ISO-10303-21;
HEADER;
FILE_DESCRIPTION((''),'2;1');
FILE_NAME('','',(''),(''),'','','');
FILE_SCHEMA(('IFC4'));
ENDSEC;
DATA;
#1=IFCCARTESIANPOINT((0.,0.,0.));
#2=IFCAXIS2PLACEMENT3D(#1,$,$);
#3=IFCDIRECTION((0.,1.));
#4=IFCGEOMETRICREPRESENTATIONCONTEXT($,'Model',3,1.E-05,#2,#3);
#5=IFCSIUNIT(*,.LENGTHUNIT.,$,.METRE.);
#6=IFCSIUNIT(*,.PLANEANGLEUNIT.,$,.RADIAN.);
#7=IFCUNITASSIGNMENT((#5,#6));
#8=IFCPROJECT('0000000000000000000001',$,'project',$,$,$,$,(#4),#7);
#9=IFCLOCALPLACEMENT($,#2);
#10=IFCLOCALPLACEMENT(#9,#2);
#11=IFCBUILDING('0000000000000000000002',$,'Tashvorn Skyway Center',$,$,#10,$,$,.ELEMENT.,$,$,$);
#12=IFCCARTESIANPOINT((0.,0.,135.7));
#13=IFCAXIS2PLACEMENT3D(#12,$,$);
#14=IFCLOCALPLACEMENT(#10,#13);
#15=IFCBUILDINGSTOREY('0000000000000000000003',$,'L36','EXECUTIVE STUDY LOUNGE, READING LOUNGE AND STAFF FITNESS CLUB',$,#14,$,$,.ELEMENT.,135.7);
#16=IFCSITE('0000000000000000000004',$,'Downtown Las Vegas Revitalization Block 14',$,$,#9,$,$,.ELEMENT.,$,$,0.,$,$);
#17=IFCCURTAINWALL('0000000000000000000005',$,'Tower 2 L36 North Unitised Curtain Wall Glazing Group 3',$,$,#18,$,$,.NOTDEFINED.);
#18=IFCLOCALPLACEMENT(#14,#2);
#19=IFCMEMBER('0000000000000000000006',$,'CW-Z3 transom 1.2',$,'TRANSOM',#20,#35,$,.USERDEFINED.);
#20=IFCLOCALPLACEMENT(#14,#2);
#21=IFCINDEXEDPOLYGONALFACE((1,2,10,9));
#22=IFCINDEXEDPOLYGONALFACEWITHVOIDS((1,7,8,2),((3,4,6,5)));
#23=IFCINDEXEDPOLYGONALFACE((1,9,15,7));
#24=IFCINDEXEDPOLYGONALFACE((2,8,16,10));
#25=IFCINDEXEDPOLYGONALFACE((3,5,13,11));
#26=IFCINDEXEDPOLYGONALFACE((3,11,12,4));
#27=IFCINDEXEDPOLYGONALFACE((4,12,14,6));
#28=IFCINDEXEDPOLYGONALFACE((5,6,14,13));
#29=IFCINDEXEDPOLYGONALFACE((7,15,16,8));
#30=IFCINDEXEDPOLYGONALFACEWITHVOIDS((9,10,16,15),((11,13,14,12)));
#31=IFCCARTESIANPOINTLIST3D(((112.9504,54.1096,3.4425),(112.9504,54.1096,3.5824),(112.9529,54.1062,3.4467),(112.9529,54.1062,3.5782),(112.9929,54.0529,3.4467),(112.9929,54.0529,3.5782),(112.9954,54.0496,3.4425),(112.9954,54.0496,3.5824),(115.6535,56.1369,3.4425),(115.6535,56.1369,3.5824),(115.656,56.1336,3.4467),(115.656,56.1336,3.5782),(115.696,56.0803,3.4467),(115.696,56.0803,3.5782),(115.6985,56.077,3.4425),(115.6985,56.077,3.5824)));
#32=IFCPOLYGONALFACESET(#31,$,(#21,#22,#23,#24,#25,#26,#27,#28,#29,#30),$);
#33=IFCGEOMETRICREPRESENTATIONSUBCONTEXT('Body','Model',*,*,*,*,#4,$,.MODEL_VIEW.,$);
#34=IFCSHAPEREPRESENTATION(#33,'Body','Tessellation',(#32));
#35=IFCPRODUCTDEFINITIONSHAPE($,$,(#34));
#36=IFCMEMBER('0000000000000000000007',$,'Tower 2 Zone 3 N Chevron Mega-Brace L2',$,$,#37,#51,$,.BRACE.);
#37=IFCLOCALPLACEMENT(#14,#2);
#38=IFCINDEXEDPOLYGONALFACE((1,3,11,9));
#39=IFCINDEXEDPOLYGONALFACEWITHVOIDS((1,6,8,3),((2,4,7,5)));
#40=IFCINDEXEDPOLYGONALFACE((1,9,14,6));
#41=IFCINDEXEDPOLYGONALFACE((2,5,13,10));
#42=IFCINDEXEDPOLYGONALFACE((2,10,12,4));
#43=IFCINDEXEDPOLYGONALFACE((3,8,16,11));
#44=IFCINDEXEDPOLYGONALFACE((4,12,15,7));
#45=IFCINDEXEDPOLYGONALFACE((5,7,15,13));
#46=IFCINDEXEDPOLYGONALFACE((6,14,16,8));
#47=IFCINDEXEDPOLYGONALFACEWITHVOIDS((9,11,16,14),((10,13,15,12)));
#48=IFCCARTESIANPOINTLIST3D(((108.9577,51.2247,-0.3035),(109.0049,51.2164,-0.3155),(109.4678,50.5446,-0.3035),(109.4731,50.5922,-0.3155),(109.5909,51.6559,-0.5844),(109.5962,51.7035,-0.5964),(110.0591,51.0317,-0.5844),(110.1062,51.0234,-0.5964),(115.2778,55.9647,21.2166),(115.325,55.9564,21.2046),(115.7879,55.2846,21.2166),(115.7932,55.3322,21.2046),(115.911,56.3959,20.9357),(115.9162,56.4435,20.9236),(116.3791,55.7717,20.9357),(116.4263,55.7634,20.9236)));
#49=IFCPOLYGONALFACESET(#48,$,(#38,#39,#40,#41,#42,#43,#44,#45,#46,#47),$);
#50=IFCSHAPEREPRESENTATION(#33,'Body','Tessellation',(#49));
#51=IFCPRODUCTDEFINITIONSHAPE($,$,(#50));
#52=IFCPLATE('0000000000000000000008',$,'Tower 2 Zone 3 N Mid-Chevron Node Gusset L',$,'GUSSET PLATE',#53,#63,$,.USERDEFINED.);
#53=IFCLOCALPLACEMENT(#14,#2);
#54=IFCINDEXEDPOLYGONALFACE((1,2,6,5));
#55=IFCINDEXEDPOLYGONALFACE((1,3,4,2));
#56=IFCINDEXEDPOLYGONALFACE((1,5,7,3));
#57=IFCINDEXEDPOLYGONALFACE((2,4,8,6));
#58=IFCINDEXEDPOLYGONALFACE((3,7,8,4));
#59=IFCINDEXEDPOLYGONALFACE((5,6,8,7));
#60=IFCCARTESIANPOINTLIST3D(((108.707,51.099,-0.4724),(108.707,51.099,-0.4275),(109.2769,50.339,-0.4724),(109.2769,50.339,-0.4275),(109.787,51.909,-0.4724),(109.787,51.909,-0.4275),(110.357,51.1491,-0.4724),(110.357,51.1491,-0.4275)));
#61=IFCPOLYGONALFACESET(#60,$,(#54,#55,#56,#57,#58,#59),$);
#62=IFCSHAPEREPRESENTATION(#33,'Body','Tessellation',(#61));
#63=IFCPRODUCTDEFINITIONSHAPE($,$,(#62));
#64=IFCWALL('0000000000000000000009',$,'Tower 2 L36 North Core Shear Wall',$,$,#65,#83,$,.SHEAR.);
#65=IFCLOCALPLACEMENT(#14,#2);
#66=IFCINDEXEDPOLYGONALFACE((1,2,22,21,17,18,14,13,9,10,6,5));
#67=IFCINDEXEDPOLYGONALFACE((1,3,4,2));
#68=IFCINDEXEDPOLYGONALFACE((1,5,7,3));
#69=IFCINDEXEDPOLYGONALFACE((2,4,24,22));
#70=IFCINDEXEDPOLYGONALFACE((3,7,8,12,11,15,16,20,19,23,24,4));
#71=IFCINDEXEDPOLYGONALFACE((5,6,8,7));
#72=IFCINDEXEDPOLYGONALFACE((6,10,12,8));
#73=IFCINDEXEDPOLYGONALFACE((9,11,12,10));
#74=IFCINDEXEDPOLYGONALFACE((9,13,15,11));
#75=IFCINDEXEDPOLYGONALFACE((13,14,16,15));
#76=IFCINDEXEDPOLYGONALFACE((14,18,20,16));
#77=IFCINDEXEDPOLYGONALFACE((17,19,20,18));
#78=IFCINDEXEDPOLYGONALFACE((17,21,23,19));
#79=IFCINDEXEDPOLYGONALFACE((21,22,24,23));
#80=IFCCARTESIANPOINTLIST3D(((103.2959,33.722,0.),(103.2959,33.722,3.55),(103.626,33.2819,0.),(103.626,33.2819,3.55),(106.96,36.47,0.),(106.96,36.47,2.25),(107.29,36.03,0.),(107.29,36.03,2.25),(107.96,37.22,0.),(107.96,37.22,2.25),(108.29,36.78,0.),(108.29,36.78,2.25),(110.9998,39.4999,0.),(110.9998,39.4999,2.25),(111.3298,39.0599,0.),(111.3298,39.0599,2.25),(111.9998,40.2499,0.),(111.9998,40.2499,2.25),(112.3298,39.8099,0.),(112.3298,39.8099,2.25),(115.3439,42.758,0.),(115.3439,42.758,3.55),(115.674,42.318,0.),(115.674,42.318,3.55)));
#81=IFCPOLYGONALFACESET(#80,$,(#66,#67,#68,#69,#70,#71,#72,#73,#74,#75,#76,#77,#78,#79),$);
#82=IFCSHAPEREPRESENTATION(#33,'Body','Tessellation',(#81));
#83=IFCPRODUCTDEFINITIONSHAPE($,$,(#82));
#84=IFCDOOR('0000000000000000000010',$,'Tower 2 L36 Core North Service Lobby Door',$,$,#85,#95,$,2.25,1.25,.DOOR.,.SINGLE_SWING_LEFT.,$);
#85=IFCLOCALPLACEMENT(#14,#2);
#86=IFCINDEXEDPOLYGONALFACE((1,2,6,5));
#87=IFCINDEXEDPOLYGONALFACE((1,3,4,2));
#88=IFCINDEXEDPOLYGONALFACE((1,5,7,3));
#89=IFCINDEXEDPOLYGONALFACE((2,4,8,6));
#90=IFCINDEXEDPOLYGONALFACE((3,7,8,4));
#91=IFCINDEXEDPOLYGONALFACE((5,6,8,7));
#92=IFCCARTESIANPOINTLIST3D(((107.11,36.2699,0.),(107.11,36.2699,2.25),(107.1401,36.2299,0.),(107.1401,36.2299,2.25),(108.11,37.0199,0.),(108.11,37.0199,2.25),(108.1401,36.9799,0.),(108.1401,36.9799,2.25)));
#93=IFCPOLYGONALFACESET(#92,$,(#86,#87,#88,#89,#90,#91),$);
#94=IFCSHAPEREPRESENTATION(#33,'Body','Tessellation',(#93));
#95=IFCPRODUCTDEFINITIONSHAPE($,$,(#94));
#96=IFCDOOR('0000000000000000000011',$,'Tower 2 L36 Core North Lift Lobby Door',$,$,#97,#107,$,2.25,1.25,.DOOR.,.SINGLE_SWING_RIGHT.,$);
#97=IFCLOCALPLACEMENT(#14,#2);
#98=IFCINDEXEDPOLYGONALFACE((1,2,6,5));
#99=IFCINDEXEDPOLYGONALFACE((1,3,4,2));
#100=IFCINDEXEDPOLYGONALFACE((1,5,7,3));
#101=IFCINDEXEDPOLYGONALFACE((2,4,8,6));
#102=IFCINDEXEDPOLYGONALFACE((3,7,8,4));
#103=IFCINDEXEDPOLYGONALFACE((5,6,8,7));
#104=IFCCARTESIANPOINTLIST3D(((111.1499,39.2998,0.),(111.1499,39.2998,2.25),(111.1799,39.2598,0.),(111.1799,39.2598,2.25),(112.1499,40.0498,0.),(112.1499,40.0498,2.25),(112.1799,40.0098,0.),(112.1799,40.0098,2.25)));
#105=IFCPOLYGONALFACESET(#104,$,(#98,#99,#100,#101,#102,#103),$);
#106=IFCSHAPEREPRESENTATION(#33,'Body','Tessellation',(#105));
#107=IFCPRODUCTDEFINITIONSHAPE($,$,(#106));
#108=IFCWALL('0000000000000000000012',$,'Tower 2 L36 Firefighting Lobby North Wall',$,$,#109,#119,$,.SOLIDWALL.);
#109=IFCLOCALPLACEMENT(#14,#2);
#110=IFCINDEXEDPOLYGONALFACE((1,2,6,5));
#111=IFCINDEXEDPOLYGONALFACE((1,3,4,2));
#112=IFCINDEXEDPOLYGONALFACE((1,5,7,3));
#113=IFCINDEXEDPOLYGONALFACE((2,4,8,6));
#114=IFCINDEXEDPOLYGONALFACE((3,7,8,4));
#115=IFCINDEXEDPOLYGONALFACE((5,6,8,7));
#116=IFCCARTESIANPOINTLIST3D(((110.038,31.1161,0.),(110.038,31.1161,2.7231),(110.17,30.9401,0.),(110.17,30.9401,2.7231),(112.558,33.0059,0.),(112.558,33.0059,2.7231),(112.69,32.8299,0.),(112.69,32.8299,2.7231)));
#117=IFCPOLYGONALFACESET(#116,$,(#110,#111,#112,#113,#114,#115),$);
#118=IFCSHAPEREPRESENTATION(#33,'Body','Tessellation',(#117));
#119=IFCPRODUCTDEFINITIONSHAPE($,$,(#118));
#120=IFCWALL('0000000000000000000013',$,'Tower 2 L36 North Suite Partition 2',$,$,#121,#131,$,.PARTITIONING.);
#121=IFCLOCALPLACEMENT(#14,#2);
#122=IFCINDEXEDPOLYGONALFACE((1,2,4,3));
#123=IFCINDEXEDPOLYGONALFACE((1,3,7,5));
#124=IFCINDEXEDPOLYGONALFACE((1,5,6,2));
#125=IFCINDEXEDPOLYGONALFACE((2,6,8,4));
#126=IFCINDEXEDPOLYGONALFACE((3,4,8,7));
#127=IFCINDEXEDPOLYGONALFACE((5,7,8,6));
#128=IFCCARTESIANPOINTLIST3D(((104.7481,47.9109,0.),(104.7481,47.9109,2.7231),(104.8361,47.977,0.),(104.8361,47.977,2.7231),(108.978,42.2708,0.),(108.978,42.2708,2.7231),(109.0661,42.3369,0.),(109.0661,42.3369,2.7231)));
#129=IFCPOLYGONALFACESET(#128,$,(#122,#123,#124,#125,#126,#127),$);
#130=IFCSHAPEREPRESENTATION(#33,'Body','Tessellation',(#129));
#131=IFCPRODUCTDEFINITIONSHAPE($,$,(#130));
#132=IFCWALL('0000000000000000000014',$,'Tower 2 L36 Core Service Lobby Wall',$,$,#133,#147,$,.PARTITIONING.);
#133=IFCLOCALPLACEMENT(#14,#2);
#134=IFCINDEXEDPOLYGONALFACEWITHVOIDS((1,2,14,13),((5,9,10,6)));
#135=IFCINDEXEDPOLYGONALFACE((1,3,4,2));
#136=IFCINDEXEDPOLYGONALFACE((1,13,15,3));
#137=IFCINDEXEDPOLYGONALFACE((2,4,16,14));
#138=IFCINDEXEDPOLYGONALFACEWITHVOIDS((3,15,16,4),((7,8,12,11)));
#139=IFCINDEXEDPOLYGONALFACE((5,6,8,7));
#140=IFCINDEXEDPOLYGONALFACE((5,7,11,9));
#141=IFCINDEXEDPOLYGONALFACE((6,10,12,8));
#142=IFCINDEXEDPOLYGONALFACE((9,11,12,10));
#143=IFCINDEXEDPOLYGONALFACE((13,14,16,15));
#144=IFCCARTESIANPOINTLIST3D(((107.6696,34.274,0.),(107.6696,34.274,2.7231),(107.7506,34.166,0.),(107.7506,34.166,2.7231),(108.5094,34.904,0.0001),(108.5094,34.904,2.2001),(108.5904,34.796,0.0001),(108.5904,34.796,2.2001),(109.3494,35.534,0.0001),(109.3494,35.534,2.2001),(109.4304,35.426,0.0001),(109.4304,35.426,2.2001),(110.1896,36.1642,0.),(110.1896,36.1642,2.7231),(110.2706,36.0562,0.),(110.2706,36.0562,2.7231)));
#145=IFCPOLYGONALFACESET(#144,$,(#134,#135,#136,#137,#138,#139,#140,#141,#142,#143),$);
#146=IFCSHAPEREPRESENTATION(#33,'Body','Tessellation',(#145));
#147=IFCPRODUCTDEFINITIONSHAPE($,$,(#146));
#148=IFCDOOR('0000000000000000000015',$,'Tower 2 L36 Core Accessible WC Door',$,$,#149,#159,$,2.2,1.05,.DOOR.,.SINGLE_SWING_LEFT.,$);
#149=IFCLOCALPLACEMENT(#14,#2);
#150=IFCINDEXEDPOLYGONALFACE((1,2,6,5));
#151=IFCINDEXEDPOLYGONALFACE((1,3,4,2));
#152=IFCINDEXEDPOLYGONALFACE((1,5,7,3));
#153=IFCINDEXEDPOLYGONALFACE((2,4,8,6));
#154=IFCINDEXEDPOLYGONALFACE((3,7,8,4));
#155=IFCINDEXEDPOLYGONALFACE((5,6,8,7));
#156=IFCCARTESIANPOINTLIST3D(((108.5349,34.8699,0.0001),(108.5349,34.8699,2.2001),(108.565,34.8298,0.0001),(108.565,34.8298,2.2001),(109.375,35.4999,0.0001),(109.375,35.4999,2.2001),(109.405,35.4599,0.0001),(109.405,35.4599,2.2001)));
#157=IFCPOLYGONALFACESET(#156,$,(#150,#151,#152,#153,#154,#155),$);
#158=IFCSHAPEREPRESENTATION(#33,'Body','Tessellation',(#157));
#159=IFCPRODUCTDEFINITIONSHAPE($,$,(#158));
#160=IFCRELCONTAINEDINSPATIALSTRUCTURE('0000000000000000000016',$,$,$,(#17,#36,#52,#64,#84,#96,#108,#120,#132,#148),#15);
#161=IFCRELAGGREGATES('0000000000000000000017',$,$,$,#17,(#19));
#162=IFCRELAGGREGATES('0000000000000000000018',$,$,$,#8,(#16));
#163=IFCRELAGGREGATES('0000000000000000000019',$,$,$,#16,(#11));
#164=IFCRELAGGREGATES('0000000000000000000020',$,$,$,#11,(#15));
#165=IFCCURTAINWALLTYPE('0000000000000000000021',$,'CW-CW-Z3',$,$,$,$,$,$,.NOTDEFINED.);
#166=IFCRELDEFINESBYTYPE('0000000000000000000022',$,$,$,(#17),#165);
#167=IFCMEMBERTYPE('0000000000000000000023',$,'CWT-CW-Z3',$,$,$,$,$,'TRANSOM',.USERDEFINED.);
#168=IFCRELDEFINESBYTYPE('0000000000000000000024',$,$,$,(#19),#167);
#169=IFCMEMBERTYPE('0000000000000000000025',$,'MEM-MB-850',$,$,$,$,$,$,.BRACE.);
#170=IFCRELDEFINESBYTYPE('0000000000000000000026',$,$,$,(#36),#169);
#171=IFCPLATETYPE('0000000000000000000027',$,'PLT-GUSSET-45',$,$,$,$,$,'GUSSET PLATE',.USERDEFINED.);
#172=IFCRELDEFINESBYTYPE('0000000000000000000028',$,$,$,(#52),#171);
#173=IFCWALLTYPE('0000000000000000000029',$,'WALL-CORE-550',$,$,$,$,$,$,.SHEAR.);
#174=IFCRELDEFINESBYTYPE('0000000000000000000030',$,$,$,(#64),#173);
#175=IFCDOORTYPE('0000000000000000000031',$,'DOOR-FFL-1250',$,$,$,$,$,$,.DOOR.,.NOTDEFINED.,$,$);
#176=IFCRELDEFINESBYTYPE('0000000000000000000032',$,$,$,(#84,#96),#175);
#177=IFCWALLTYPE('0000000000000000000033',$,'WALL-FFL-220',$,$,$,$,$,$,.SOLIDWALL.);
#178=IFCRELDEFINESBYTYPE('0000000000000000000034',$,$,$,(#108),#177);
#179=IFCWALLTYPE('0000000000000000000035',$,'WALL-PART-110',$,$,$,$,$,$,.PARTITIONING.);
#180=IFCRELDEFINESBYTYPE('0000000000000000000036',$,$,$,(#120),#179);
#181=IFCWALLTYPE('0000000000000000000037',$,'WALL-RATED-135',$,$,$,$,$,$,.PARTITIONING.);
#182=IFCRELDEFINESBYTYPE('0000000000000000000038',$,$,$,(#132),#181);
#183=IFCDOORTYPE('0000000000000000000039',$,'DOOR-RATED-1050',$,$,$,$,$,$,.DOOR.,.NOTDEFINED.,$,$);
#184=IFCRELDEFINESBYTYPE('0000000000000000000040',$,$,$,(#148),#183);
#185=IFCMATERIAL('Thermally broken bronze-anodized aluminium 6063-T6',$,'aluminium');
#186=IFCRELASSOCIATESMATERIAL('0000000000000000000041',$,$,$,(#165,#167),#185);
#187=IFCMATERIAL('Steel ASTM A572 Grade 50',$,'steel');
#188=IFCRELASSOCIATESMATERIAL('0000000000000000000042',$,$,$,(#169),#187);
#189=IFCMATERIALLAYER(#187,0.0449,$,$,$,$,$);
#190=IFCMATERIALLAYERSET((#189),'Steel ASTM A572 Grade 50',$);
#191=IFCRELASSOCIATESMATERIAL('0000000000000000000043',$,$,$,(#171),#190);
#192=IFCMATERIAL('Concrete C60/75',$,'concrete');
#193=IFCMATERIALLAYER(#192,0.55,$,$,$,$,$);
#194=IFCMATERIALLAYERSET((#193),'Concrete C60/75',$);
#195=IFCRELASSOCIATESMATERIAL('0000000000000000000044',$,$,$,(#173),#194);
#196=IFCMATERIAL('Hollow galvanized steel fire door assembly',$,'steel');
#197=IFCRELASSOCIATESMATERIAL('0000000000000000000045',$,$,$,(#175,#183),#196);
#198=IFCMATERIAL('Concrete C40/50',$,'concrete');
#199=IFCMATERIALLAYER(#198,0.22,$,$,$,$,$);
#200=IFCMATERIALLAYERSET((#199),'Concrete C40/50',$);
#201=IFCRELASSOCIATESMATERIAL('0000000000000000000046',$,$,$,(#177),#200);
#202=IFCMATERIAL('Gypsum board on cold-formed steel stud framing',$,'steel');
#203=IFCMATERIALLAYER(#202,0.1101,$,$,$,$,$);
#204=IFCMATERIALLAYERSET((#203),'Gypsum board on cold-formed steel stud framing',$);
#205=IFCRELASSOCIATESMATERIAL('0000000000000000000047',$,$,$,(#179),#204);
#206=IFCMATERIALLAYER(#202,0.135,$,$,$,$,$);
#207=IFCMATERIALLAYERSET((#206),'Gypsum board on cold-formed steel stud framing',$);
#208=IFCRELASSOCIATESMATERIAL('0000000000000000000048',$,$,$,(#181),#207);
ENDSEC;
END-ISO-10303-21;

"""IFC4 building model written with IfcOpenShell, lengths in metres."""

from ifc_helpers import new_model, si_unit, direction, frame, frame_2d, origin, origin_2d, place, context, subcontext, project, spatial, rectangle, hollow_rectangle, extrude, material, layer, layer_set, material_profile, profile_set, type_object, element, fill, aggregate, save


model = new_model("IFC4")

# Units and contexts
model_context = context("Model", 3, precision=1e-05, world=origin(), true_north=direction((0.0, 1.0)))
body_context = subcontext(model_context, "Body", "Model", "MODEL_VIEW")
ifc_project = project(units=[si_unit("LENGTHUNIT", "METRE"), si_unit("PLANEANGLEUNIT", "RADIAN")], contexts=[model_context])

# Site, building, storey
site_placement = place(None, origin())
site = spatial("IfcSite", under=ifc_project, at=site_placement, Name="Downtown Las Vegas Revitalization Block 14", CompositionType="ELEMENT", RefElevation=0.0)
building_placement = place(site_placement, origin())
building = spatial("IfcBuilding", under=site, at=building_placement, Name="Tashvorn Skyway Center", CompositionType="ELEMENT")
storey_placement = place(building_placement, frame((0.0, 0.0, 135.7)))
storey = spatial("IfcBuildingStorey", under=building, at=storey_placement, Name="L36", Description="EXECUTIVE STUDY LOUNGE, READING LOUNGE AND STAFF FITNESS CLUB", CompositionType="ELEMENT", Elevation=135.7)

# Shared definitions
ifc_material_1 = material(Name="Steel ASTM A572 Grade 50", Category="steel")

# Shared definitions
ifc_material_2 = material(Name="Concrete C60/75", Category="concrete")

# Shared definitions
ifc_material_3 = material(Name="Thermally broken bronze-anodized aluminium 6063-T6", Category="aluminium")
curtain_wall_type = type_object("IfcCurtainWallType", Name="CW-CW-Z3", PredefinedType="NOTDEFINED", material=ifc_material_3)

# Curtain wall, member
curtain_wall_1_placement = place(storey_placement, origin())
curtain_wall_1 = element("IfcCurtainWall", 1, at=curtain_wall_1_placement, inside=storey, type_object=curtain_wall_type, Name="Tower 2 L36 North Unitised Curtain Wall Glazing Group 3", PredefinedType="NOTDEFINED")
ifc_material_profile_1 = material_profile(ifc_material_3, hollow_rectangle(XDim=0.075, YDim=0.1399, WallThickness=0.0042, at=origin_2d()), Name="ALU-TRAN-75x140")
ifc_profile_set_1 = profile_set([ifc_material_profile_1], Name="Thermally broken bronze-anodized aluminium 6063-T6")
member_type_1 = type_object("IfcMemberType", Name="CWT-CW-Z3", ElementType="TRANSOM", PredefinedType="USERDEFINED", material=ifc_profile_set_1)
member_1_placement = place(storey_placement, frame((112.9729, 54.0796, 3.5125), z_axis=(0.8, 0.6, 0.0), x_axis=(-0.6, 0.8, 0.0)))
member_1 = element("IfcMember", 2, at=member_1_placement, type_object=member_type_1, Name="CW-Z3 transom 1.2", ObjectType="TRANSOM", PredefinedType="USERDEFINED", context=body_context, shape_type="SweptSolid", body=[
    extrude(hollow_rectangle(XDim=0.075, YDim=0.1399, WallThickness=0.0042, at=origin_2d()), origin(), (0.0, 0.0, 1.0), 3.3789),
])
aggregate(curtain_wall_1, [member_1])

# Member
ifc_material_profile_2 = material_profile(ifc_material_1, hollow_rectangle(XDim=0.8501, YDim=0.8501, WallThickness=0.0349, at=origin_2d()), Name="BOX850x850x35")
ifc_profile_set_2 = profile_set([ifc_material_profile_2], Name="Steel ASTM A572 Grade 50")
member_type_2 = type_object("IfcMemberType", Name="MEM-MB-850", PredefinedType="BRACE", material=ifc_profile_set_2)
member_2_placement = place(storey_placement, frame((109.532, 51.124, -0.45), z_axis=(0.275693, 0.206767, 0.938744), x_axis=(-0.599995, 0.800004, 0.0)))
element("IfcMember", 3, at=member_2_placement, inside=storey, type_object=member_type_2, Name="Tower 2 Zone 3 N Chevron Mega-Brace L2", PredefinedType="BRACE", context=body_context, shape_type="SweptSolid", body=[
    extrude(hollow_rectangle(XDim=0.8501, YDim=0.8501, WallThickness=0.0349, at=origin_2d()), origin(), (0.0, 0.0, 1.0), 22.9243),
])

# Plate
ifc_layer_1 = layer(ifc_material_1, 0.0449)
ifc_layer_set_1 = layer_set([ifc_layer_1], Name="Steel ASTM A572 Grade 50")
plate_type = type_object("IfcPlateType", Name="PLT-GUSSET-45", ElementType="GUSSET PLATE", PredefinedType="USERDEFINED", material=ifc_layer_set_1)
plate_placement = place(storey_placement, frame((109.532, 51.124, -0.4724), z_axis=(0.0, 0.0, 1.0), x_axis=(-0.8, -0.6, 0.0)))
element("IfcPlate", 4, at=plate_placement, inside=storey, type_object=plate_type, Name="Tower 2 Zone 3 N Mid-Chevron Node Gusset L", ObjectType="GUSSET PLATE", PredefinedType="USERDEFINED", context=body_context, shape_type="SweptSolid", body=[
    extrude(rectangle(XDim=1.3501, YDim=0.95, at=origin_2d()), origin(), (0.0, 0.0, 1.0), 0.0449),
])

# Wall, openings, doors
ifc_layer_2 = layer(ifc_material_2, 0.55)
ifc_layer_set_2 = layer_set([ifc_layer_2], Name="Concrete C60/75")
wall_type_1 = type_object("IfcWallType", Name="WALL-CORE-550", PredefinedType="SHEAR", material=ifc_layer_set_2)
wall_1_placement = place(storey_placement, frame((103.4609, 33.502, 0.0), z_axis=(0.0, 0.0, 1.0), x_axis=(0.799998, 0.600003, 0.0)))
wall_1 = element("IfcWall", 5, at=wall_1_placement, inside=storey, type_object=wall_type_1, Name="Tower 2 L36 North Core Shear Wall", PredefinedType="SHEAR", context=body_context, shape_type="SweptSolid", body=[
    extrude(rectangle(XDim=15.0601, YDim=0.55, at=frame_2d((7.53, 0.0))), origin(), (0.0, 0.0, 1.0), 3.55),
])
opening_1_placement = place(wall_1_placement, frame((4.5801, 0.0, 0.0)))
opening_1 = element("IfcOpeningElement", 6, at=opening_1_placement, cuts=wall_1, PredefinedType="OPENING", context=body_context, shape_type="SweptSolid", body=[
    extrude(rectangle(XDim=1.25, YDim=2.25, at=frame_2d((0.625, 1.125))), frame((0.0, 0.2849, 0.0), z_axis=(0.0, -1.0, 0.0), x_axis=(1.0, 0.0, 0.0)), (0.0, 0.0, 1.0), 0.5701),
])
opening_2_placement = place(wall_1_placement, frame((9.6299, 0.0, 0.0)))
opening_2 = element("IfcOpeningElement", 7, at=opening_2_placement, cuts=wall_1, PredefinedType="OPENING", context=body_context, shape_type="SweptSolid", body=[
    extrude(rectangle(XDim=1.25, YDim=2.25, at=frame_2d((0.625, 1.125))), frame((0.0, 0.2849, 0.0), z_axis=(0.0, -1.0, 0.0), x_axis=(1.0, 0.0, 0.0)), (0.0, 0.0, 1.0), 0.5701),
])
ifc_material_4 = material(Name="Hollow galvanized steel fire door assembly", Category="steel")
door_type_1 = type_object("IfcDoorType", Name="DOOR-FFL-1250", OperationType="NOTDEFINED", PredefinedType="DOOR", material=ifc_material_4)
door_1_placement = place(opening_1_placement, origin())
door_1 = element("IfcDoor", 8, at=door_1_placement, inside=storey, type_object=door_type_1, Name="Tower 2 L36 Core North Service Lobby Door", OperationType="SINGLE_SWING_LEFT", OverallHeight=2.25, OverallWidth=1.25, PredefinedType="DOOR", context=body_context, shape_type="SweptSolid", body=[
    extrude(rectangle(XDim=1.25, YDim=2.25, at=frame_2d((0.625, 1.125))), frame((0.0, 0.0249, 0.0), z_axis=(0.0, -1.0, 0.0), x_axis=(1.0, 0.0, 0.0)), (0.0, 0.0, 1.0), 0.05),
])
fill(opening_1, door_1)
door_2_placement = place(opening_2_placement, origin())
door_2 = element("IfcDoor", 9, at=door_2_placement, inside=storey, type_object=door_type_1, Name="Tower 2 L36 Core North Lift Lobby Door", OperationType="SINGLE_SWING_RIGHT", OverallHeight=2.25, OverallWidth=1.25, PredefinedType="DOOR", context=body_context, shape_type="SweptSolid", body=[
    extrude(rectangle(XDim=1.25, YDim=2.25, at=frame_2d((0.625, 1.125))), frame((0.0, 0.0249, 0.0), z_axis=(0.0, -1.0, 0.0), x_axis=(1.0, 0.0, 0.0)), (0.0, 0.0, 1.0), 0.05),
])
fill(opening_2, door_2)

# Walls
ifc_material_5 = material(Name="Concrete C40/50", Category="concrete")
ifc_layer_3 = layer(ifc_material_5, 0.22)
ifc_layer_set_3 = layer_set([ifc_layer_3], Name="Concrete C40/50")
wall_type_2 = type_object("IfcWallType", Name="WALL-FFL-220", PredefinedType="SOLIDWALL", material=ifc_layer_set_3)
wall_2_placement = place(storey_placement, frame((110.104, 31.0281, 0.0), z_axis=(0.0, 0.0, 1.0), x_axis=(0.800019, 0.599975, 0.0)))
element("IfcWall", 10, at=wall_2_placement, inside=storey, type_object=wall_type_2, Name="Tower 2 L36 Firefighting Lobby North Wall", PredefinedType="SOLIDWALL", context=body_context, shape_type="SweptSolid", body=[
    extrude(rectangle(XDim=3.1499, YDim=0.22, at=frame_2d((1.575, 0.0))), origin(), (0.0, 0.0, 1.0), 2.7231),
])
ifc_material_6 = material(Name="Gypsum board on cold-formed steel stud framing", Category="steel")
ifc_layer_4 = layer(ifc_material_6, 0.1101)
ifc_layer_set_4 = layer_set([ifc_layer_4], Name="Gypsum board on cold-formed steel stud framing")
wall_type_3 = type_object("IfcWallType", Name="WALL-PART-110", PredefinedType="PARTITIONING", material=ifc_layer_set_4)
wall_3_placement = place(storey_placement, frame((109.022, 42.304, 0.0), z_axis=(0.0, 0.0, 1.0), x_axis=(-0.599989, 0.800008, 0.0)))
element("IfcWall", 11, at=wall_3_placement, inside=storey, type_object=wall_type_3, Name="Tower 2 L36 North Suite Partition 2", PredefinedType="PARTITIONING", context=body_context, shape_type="SweptSolid", body=[
    extrude(rectangle(XDim=7.05, YDim=0.1101, at=frame_2d((3.5249, 0.0))), origin(), (0.0, 0.0, 1.0), 2.7231),
])

# Wall, opening, door
ifc_layer_5 = layer(ifc_material_6, 0.135)
ifc_layer_set_5 = layer_set([ifc_layer_5], Name="Gypsum board on cold-formed steel stud framing")
wall_type_4 = type_object("IfcWallType", Name="WALL-RATED-135", PredefinedType="PARTITIONING", material=ifc_layer_set_5)
wall_4_placement = place(storey_placement, frame((107.71, 34.22, 0.0), z_axis=(0.0, 0.0, 1.0), x_axis=(0.799981, 0.600025, 0.0)))
wall_4 = element("IfcWall", 12, at=wall_4_placement, inside=storey, type_object=wall_type_4, Name="Tower 2 L36 Core Service Lobby Wall", PredefinedType="PARTITIONING", context=body_context, shape_type="SweptSolid", body=[
    extrude(rectangle(XDim=3.1501, YDim=0.135, at=frame_2d((1.5752, 0.0))), origin(), (0.0, 0.0, 1.0), 2.7231),
])
opening_3_placement = place(wall_4_placement, frame((1.05, 0.0, 0.0)))
opening_3 = element("IfcOpeningElement", 13, at=opening_3_placement, cuts=wall_4, PredefinedType="OPENING", context=body_context, shape_type="SweptSolid", body=[
    extrude(rectangle(XDim=1.05, YDim=2.2, at=frame_2d((0.5249, 1.1001))), frame((0.0, 0.0774, 0.0), z_axis=(0.0, -1.0, 0.0), x_axis=(1.0, 0.0, 0.0)), (0.0, 0.0, 1.0), 0.155),
])
door_type_2 = type_object("IfcDoorType", Name="DOOR-RATED-1050", OperationType="NOTDEFINED", PredefinedType="DOOR", material=ifc_material_4)
door_3_placement = place(opening_3_placement, origin())
door_3 = element("IfcDoor", 14, at=door_3_placement, inside=storey, type_object=door_type_2, Name="Tower 2 L36 Core Accessible WC Door", OperationType="SINGLE_SWING_LEFT", OverallHeight=2.2, OverallWidth=1.05, PredefinedType="DOOR", context=body_context, shape_type="SweptSolid", body=[
    extrude(rectangle(XDim=1.05, YDim=2.2, at=frame_2d((0.5249, 1.1001))), frame((0.0, 0.0249, 0.0), z_axis=(0.0, -1.0, 0.0), x_axis=(1.0, 0.0, 0.0)), (0.0, 0.0, 1.0), 0.05),
])
fill(opening_3, door_3)

save(model, "model.ifc")
